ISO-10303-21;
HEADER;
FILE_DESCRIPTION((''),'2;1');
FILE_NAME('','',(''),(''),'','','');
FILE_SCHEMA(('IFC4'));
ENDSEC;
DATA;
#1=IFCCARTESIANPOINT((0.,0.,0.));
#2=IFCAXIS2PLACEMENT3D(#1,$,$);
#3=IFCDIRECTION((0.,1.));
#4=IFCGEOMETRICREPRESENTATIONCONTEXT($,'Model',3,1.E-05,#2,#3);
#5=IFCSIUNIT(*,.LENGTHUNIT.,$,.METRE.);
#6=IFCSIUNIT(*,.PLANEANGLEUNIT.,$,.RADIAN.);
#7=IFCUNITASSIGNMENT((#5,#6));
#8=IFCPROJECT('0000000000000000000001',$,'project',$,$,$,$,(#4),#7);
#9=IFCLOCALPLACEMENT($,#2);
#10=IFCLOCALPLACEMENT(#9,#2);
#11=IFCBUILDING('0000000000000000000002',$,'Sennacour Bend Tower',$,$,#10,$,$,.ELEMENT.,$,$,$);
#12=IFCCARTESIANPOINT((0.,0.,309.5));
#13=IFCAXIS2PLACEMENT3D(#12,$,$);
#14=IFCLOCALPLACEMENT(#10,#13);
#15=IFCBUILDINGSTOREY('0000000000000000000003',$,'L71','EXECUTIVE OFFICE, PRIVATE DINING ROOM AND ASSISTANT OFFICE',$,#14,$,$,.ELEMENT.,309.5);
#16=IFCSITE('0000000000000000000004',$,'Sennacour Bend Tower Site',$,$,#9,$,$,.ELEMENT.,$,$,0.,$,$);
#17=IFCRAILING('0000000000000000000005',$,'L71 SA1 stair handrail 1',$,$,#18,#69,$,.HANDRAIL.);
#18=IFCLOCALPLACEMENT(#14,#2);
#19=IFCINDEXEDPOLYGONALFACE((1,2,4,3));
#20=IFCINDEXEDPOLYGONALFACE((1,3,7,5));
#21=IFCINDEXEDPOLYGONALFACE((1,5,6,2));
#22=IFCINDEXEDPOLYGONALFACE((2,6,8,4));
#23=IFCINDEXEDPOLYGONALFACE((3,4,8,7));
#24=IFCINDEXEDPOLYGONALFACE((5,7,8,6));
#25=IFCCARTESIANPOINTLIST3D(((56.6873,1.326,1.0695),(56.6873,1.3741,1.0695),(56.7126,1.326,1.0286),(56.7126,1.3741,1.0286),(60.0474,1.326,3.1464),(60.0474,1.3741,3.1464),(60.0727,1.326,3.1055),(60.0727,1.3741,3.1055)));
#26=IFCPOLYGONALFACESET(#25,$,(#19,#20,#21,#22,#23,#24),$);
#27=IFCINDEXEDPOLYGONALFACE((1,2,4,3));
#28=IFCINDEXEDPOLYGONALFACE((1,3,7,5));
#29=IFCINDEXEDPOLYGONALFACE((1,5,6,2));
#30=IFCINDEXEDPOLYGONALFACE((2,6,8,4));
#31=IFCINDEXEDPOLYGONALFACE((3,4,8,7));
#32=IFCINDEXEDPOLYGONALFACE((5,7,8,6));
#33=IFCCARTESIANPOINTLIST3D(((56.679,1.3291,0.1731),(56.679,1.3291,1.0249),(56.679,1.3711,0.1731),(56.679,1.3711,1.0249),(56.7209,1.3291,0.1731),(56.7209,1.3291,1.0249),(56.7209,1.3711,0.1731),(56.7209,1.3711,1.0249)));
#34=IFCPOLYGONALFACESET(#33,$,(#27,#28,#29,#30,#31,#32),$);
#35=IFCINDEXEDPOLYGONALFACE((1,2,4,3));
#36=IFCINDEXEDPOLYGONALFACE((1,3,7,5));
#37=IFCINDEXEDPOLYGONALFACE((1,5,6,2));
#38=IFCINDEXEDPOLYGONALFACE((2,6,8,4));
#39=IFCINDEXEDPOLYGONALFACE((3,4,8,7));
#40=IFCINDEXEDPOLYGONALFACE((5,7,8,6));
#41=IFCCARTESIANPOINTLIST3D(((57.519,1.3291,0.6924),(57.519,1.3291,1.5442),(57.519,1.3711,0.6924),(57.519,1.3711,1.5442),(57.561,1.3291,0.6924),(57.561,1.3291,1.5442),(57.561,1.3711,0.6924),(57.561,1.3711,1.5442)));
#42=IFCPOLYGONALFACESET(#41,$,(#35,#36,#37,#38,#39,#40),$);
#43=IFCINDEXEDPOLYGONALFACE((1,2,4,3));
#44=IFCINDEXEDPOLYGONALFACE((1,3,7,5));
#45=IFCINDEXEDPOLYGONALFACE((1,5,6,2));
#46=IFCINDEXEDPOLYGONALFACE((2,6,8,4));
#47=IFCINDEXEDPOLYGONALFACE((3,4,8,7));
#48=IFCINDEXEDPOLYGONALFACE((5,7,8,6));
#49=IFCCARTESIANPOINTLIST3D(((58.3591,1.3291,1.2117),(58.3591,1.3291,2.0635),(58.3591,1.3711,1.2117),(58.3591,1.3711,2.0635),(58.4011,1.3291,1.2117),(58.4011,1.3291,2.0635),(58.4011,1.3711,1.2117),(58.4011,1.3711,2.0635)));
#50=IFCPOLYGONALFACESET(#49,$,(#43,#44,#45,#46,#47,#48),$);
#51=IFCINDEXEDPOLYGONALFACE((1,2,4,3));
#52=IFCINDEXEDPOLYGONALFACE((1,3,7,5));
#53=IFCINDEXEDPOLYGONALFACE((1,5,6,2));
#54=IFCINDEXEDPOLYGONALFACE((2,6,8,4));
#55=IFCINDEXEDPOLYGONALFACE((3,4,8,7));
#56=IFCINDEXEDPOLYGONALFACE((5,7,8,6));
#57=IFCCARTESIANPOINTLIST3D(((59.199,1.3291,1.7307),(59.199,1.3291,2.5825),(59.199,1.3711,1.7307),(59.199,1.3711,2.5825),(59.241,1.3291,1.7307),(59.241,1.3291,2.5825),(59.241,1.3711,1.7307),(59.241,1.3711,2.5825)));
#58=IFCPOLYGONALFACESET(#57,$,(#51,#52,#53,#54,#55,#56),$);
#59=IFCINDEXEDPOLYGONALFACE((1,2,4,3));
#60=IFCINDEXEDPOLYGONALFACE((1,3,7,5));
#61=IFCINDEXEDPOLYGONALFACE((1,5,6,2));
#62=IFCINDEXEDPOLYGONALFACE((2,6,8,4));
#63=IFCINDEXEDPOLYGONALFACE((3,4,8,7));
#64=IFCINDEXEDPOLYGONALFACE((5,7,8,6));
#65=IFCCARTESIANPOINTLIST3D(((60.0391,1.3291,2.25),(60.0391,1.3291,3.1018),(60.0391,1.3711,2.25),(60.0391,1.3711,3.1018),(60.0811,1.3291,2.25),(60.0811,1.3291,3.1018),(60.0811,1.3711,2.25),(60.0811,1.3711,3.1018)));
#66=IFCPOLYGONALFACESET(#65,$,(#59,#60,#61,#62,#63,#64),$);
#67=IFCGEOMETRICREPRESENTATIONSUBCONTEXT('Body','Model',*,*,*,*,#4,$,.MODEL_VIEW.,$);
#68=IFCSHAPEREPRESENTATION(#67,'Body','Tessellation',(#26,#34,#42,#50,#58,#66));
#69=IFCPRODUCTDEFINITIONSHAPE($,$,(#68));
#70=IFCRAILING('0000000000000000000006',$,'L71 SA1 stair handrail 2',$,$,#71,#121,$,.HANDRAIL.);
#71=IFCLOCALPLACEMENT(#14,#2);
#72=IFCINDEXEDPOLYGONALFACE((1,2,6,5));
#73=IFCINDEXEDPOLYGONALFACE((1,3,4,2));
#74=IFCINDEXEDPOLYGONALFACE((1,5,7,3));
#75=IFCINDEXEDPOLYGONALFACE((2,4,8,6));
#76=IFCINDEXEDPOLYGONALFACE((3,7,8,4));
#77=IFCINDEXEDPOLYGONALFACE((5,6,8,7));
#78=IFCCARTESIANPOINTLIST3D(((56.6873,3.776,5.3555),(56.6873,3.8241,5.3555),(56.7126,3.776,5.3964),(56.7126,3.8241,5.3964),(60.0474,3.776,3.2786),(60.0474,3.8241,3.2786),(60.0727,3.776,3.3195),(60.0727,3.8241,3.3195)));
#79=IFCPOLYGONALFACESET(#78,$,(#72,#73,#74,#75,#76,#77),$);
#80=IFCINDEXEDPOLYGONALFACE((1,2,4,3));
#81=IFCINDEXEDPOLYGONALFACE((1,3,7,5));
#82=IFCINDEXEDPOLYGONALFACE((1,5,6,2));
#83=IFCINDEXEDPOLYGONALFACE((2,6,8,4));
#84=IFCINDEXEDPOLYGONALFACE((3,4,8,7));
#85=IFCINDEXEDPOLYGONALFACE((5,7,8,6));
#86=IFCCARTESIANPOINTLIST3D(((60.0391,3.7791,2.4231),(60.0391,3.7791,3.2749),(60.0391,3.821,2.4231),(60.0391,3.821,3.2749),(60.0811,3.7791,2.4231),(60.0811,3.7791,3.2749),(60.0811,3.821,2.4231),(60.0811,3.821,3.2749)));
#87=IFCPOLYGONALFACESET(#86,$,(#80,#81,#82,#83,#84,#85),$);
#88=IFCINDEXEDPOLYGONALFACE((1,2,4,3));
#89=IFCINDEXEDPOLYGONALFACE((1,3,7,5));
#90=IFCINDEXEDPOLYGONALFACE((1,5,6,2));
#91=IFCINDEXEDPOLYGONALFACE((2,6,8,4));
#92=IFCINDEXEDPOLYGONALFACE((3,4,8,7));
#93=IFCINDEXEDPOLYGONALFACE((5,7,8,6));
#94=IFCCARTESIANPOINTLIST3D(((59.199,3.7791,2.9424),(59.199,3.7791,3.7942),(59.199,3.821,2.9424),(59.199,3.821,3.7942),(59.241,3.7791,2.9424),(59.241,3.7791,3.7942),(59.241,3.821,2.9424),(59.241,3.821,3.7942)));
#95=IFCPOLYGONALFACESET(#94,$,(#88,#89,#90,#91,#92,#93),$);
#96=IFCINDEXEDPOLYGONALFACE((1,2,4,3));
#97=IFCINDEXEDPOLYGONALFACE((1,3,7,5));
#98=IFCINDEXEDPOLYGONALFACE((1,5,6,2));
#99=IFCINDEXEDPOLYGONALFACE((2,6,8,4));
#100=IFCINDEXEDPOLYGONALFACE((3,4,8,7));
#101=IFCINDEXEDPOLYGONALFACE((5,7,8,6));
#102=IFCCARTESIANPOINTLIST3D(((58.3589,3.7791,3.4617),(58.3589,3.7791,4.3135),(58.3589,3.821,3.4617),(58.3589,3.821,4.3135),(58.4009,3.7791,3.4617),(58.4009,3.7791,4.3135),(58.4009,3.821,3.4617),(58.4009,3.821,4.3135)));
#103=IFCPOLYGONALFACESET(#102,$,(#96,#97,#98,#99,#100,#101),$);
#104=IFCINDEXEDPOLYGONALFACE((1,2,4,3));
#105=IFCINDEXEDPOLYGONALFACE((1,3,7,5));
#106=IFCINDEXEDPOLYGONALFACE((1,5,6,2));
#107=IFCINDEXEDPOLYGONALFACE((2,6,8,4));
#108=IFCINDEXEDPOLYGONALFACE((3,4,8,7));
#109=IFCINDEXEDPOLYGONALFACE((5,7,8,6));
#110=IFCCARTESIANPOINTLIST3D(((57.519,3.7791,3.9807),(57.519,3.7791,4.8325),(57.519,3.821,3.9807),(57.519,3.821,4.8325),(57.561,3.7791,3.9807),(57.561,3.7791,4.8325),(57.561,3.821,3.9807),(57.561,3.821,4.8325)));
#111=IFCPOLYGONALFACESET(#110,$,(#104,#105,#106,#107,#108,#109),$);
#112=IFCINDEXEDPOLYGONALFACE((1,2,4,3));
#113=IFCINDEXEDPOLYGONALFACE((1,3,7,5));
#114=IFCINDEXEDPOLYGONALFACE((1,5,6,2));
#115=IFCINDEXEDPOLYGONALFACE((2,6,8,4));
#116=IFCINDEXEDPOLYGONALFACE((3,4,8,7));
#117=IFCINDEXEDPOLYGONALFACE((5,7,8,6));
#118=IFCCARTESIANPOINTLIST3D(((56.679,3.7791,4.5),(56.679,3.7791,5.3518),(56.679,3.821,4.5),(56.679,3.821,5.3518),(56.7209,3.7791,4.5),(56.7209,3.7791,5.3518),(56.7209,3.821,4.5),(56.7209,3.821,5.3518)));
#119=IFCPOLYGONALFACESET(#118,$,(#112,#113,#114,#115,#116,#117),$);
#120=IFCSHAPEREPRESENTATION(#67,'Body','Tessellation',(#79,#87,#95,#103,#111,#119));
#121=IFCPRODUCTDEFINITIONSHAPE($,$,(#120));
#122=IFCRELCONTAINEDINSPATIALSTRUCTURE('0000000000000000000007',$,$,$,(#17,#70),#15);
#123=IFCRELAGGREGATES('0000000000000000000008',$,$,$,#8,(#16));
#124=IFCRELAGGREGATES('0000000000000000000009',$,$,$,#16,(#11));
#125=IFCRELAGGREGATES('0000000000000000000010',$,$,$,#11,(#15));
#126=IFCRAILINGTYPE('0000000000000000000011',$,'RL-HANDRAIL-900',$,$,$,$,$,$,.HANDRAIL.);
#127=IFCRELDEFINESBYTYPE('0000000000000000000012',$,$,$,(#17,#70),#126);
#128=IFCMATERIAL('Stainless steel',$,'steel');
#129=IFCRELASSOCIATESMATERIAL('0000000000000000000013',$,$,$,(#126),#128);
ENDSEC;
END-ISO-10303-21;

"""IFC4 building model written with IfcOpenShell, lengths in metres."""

from ifc_helpers import new_model, si_unit, direction, frame, origin, origin_2d, place, context, subcontext, project, spatial, rectangle, extrude, material, type_object, element, save


model = new_model("IFC4")

# Units and contexts
model_context = context("Model", 3, precision=1e-05, world=origin(), true_north=direction((0.0, 1.0)))
body_context = subcontext(model_context, "Body", "Model", "MODEL_VIEW")
ifc_project = project(units=[si_unit("LENGTHUNIT", "METRE"), si_unit("PLANEANGLEUNIT", "RADIAN")], contexts=[model_context])

# Site, building, storey
site_placement = place(None, origin())
site = spatial("IfcSite", under=ifc_project, at=site_placement, Name="Sennacour Bend Tower Site", CompositionType="ELEMENT", RefElevation=0.0)
building_placement = place(site_placement, origin())
building = spatial("IfcBuilding", under=site, at=building_placement, Name="Sennacour Bend Tower", CompositionType="ELEMENT")
storey_placement = place(building_placement, frame((0.0, 0.0, 309.5)))
storey = spatial("IfcBuildingStorey", under=building, at=storey_placement, Name="L71", Description="EXECUTIVE OFFICE, PRIVATE DINING ROOM AND ASSISTANT OFFICE", CompositionType="ELEMENT", Elevation=309.5)

# Shared definitions
ifc_material_1 = material(Name="Stainless steel", Category="steel")

# Railings
railing_type_1 = type_object("IfcRailingType", Name="RL-HANDRAIL-900", PredefinedType="HANDRAIL", material=ifc_material_1)
railing_1_placement = place(storey_placement, frame((56.7, 1.3501, 0.1731)))
element("IfcRailing", 1, at=railing_1_placement, inside=storey, type_object=railing_type_1, Name="L71 SA1 stair handrail 1", PredefinedType="HANDRAIL", context=body_context, shape_type="SweptSolid", body=[
    extrude(rectangle(XDim=0.0481, YDim=0.0481, at=origin_2d()), frame((0.0, 0.0, 0.876), z_axis=(0.850623, 0.0, 0.525776), x_axis=(0.0, 1.0, 0.0)), (0.0, 0.0, 1.0), 3.9502),
    extrude(rectangle(XDim=0.042, YDim=0.042, at=origin_2d()), origin(), (0.0, 0.0, 1.0), 0.8518),
    extrude(rectangle(XDim=0.042, YDim=0.042, at=origin_2d()), frame((0.8401, 0.0, 0.5193)), (0.0, 0.0, 1.0), 0.8518),
    extrude(rectangle(XDim=0.042, YDim=0.042, at=origin_2d()), frame((1.6802, 0.0, 1.0386)), (0.0, 0.0, 1.0), 0.8518),
    extrude(rectangle(XDim=0.042, YDim=0.042, at=origin_2d()), frame((2.52, 0.0, 1.5576)), (0.0, 0.0, 1.0), 0.8518),
    extrude(rectangle(XDim=0.042, YDim=0.042, at=origin_2d()), frame((3.3601, 0.0, 2.0769)), (0.0, 0.0, 1.0), 0.8518),
])
railing_2_placement = place(storey_placement, frame((60.0601, 3.8, 2.4231)))
element("IfcRailing", 2, at=railing_2_placement, inside=storey, type_object=railing_type_1, Name="L71 SA1 stair handrail 2", PredefinedType="HANDRAIL", context=body_context, shape_type="SweptSolid", body=[
    extrude(rectangle(XDim=0.0481, YDim=0.0481, at=origin_2d()), frame((0.0, 0.0, 0.876), z_axis=(-0.850623, 0.0, 0.525776), x_axis=(0.0, -1.0, 0.0)), (0.0, 0.0, 1.0), 3.9502),
    extrude(rectangle(XDim=0.042, YDim=0.042, at=origin_2d()), origin(), (0.0, 0.0, 1.0), 0.8518),
    extrude(rectangle(XDim=0.042, YDim=0.042, at=origin_2d()), frame((-0.8401, 0.0, 0.5193)), (0.0, 0.0, 1.0), 0.8518),
    extrude(rectangle(XDim=0.042, YDim=0.042, at=origin_2d()), frame((-1.6802, 0.0, 1.0386)), (0.0, 0.0, 1.0), 0.8518),
    extrude(rectangle(XDim=0.042, YDim=0.042, at=origin_2d()), frame((-2.52, 0.0, 1.5576)), (0.0, 0.0, 1.0), 0.8518),
    extrude(rectangle(XDim=0.042, YDim=0.042, at=origin_2d()), frame((-3.3601, 0.0, 2.0769)), (0.0, 0.0, 1.0), 0.8518),
])

save(model, "model.ifc")
